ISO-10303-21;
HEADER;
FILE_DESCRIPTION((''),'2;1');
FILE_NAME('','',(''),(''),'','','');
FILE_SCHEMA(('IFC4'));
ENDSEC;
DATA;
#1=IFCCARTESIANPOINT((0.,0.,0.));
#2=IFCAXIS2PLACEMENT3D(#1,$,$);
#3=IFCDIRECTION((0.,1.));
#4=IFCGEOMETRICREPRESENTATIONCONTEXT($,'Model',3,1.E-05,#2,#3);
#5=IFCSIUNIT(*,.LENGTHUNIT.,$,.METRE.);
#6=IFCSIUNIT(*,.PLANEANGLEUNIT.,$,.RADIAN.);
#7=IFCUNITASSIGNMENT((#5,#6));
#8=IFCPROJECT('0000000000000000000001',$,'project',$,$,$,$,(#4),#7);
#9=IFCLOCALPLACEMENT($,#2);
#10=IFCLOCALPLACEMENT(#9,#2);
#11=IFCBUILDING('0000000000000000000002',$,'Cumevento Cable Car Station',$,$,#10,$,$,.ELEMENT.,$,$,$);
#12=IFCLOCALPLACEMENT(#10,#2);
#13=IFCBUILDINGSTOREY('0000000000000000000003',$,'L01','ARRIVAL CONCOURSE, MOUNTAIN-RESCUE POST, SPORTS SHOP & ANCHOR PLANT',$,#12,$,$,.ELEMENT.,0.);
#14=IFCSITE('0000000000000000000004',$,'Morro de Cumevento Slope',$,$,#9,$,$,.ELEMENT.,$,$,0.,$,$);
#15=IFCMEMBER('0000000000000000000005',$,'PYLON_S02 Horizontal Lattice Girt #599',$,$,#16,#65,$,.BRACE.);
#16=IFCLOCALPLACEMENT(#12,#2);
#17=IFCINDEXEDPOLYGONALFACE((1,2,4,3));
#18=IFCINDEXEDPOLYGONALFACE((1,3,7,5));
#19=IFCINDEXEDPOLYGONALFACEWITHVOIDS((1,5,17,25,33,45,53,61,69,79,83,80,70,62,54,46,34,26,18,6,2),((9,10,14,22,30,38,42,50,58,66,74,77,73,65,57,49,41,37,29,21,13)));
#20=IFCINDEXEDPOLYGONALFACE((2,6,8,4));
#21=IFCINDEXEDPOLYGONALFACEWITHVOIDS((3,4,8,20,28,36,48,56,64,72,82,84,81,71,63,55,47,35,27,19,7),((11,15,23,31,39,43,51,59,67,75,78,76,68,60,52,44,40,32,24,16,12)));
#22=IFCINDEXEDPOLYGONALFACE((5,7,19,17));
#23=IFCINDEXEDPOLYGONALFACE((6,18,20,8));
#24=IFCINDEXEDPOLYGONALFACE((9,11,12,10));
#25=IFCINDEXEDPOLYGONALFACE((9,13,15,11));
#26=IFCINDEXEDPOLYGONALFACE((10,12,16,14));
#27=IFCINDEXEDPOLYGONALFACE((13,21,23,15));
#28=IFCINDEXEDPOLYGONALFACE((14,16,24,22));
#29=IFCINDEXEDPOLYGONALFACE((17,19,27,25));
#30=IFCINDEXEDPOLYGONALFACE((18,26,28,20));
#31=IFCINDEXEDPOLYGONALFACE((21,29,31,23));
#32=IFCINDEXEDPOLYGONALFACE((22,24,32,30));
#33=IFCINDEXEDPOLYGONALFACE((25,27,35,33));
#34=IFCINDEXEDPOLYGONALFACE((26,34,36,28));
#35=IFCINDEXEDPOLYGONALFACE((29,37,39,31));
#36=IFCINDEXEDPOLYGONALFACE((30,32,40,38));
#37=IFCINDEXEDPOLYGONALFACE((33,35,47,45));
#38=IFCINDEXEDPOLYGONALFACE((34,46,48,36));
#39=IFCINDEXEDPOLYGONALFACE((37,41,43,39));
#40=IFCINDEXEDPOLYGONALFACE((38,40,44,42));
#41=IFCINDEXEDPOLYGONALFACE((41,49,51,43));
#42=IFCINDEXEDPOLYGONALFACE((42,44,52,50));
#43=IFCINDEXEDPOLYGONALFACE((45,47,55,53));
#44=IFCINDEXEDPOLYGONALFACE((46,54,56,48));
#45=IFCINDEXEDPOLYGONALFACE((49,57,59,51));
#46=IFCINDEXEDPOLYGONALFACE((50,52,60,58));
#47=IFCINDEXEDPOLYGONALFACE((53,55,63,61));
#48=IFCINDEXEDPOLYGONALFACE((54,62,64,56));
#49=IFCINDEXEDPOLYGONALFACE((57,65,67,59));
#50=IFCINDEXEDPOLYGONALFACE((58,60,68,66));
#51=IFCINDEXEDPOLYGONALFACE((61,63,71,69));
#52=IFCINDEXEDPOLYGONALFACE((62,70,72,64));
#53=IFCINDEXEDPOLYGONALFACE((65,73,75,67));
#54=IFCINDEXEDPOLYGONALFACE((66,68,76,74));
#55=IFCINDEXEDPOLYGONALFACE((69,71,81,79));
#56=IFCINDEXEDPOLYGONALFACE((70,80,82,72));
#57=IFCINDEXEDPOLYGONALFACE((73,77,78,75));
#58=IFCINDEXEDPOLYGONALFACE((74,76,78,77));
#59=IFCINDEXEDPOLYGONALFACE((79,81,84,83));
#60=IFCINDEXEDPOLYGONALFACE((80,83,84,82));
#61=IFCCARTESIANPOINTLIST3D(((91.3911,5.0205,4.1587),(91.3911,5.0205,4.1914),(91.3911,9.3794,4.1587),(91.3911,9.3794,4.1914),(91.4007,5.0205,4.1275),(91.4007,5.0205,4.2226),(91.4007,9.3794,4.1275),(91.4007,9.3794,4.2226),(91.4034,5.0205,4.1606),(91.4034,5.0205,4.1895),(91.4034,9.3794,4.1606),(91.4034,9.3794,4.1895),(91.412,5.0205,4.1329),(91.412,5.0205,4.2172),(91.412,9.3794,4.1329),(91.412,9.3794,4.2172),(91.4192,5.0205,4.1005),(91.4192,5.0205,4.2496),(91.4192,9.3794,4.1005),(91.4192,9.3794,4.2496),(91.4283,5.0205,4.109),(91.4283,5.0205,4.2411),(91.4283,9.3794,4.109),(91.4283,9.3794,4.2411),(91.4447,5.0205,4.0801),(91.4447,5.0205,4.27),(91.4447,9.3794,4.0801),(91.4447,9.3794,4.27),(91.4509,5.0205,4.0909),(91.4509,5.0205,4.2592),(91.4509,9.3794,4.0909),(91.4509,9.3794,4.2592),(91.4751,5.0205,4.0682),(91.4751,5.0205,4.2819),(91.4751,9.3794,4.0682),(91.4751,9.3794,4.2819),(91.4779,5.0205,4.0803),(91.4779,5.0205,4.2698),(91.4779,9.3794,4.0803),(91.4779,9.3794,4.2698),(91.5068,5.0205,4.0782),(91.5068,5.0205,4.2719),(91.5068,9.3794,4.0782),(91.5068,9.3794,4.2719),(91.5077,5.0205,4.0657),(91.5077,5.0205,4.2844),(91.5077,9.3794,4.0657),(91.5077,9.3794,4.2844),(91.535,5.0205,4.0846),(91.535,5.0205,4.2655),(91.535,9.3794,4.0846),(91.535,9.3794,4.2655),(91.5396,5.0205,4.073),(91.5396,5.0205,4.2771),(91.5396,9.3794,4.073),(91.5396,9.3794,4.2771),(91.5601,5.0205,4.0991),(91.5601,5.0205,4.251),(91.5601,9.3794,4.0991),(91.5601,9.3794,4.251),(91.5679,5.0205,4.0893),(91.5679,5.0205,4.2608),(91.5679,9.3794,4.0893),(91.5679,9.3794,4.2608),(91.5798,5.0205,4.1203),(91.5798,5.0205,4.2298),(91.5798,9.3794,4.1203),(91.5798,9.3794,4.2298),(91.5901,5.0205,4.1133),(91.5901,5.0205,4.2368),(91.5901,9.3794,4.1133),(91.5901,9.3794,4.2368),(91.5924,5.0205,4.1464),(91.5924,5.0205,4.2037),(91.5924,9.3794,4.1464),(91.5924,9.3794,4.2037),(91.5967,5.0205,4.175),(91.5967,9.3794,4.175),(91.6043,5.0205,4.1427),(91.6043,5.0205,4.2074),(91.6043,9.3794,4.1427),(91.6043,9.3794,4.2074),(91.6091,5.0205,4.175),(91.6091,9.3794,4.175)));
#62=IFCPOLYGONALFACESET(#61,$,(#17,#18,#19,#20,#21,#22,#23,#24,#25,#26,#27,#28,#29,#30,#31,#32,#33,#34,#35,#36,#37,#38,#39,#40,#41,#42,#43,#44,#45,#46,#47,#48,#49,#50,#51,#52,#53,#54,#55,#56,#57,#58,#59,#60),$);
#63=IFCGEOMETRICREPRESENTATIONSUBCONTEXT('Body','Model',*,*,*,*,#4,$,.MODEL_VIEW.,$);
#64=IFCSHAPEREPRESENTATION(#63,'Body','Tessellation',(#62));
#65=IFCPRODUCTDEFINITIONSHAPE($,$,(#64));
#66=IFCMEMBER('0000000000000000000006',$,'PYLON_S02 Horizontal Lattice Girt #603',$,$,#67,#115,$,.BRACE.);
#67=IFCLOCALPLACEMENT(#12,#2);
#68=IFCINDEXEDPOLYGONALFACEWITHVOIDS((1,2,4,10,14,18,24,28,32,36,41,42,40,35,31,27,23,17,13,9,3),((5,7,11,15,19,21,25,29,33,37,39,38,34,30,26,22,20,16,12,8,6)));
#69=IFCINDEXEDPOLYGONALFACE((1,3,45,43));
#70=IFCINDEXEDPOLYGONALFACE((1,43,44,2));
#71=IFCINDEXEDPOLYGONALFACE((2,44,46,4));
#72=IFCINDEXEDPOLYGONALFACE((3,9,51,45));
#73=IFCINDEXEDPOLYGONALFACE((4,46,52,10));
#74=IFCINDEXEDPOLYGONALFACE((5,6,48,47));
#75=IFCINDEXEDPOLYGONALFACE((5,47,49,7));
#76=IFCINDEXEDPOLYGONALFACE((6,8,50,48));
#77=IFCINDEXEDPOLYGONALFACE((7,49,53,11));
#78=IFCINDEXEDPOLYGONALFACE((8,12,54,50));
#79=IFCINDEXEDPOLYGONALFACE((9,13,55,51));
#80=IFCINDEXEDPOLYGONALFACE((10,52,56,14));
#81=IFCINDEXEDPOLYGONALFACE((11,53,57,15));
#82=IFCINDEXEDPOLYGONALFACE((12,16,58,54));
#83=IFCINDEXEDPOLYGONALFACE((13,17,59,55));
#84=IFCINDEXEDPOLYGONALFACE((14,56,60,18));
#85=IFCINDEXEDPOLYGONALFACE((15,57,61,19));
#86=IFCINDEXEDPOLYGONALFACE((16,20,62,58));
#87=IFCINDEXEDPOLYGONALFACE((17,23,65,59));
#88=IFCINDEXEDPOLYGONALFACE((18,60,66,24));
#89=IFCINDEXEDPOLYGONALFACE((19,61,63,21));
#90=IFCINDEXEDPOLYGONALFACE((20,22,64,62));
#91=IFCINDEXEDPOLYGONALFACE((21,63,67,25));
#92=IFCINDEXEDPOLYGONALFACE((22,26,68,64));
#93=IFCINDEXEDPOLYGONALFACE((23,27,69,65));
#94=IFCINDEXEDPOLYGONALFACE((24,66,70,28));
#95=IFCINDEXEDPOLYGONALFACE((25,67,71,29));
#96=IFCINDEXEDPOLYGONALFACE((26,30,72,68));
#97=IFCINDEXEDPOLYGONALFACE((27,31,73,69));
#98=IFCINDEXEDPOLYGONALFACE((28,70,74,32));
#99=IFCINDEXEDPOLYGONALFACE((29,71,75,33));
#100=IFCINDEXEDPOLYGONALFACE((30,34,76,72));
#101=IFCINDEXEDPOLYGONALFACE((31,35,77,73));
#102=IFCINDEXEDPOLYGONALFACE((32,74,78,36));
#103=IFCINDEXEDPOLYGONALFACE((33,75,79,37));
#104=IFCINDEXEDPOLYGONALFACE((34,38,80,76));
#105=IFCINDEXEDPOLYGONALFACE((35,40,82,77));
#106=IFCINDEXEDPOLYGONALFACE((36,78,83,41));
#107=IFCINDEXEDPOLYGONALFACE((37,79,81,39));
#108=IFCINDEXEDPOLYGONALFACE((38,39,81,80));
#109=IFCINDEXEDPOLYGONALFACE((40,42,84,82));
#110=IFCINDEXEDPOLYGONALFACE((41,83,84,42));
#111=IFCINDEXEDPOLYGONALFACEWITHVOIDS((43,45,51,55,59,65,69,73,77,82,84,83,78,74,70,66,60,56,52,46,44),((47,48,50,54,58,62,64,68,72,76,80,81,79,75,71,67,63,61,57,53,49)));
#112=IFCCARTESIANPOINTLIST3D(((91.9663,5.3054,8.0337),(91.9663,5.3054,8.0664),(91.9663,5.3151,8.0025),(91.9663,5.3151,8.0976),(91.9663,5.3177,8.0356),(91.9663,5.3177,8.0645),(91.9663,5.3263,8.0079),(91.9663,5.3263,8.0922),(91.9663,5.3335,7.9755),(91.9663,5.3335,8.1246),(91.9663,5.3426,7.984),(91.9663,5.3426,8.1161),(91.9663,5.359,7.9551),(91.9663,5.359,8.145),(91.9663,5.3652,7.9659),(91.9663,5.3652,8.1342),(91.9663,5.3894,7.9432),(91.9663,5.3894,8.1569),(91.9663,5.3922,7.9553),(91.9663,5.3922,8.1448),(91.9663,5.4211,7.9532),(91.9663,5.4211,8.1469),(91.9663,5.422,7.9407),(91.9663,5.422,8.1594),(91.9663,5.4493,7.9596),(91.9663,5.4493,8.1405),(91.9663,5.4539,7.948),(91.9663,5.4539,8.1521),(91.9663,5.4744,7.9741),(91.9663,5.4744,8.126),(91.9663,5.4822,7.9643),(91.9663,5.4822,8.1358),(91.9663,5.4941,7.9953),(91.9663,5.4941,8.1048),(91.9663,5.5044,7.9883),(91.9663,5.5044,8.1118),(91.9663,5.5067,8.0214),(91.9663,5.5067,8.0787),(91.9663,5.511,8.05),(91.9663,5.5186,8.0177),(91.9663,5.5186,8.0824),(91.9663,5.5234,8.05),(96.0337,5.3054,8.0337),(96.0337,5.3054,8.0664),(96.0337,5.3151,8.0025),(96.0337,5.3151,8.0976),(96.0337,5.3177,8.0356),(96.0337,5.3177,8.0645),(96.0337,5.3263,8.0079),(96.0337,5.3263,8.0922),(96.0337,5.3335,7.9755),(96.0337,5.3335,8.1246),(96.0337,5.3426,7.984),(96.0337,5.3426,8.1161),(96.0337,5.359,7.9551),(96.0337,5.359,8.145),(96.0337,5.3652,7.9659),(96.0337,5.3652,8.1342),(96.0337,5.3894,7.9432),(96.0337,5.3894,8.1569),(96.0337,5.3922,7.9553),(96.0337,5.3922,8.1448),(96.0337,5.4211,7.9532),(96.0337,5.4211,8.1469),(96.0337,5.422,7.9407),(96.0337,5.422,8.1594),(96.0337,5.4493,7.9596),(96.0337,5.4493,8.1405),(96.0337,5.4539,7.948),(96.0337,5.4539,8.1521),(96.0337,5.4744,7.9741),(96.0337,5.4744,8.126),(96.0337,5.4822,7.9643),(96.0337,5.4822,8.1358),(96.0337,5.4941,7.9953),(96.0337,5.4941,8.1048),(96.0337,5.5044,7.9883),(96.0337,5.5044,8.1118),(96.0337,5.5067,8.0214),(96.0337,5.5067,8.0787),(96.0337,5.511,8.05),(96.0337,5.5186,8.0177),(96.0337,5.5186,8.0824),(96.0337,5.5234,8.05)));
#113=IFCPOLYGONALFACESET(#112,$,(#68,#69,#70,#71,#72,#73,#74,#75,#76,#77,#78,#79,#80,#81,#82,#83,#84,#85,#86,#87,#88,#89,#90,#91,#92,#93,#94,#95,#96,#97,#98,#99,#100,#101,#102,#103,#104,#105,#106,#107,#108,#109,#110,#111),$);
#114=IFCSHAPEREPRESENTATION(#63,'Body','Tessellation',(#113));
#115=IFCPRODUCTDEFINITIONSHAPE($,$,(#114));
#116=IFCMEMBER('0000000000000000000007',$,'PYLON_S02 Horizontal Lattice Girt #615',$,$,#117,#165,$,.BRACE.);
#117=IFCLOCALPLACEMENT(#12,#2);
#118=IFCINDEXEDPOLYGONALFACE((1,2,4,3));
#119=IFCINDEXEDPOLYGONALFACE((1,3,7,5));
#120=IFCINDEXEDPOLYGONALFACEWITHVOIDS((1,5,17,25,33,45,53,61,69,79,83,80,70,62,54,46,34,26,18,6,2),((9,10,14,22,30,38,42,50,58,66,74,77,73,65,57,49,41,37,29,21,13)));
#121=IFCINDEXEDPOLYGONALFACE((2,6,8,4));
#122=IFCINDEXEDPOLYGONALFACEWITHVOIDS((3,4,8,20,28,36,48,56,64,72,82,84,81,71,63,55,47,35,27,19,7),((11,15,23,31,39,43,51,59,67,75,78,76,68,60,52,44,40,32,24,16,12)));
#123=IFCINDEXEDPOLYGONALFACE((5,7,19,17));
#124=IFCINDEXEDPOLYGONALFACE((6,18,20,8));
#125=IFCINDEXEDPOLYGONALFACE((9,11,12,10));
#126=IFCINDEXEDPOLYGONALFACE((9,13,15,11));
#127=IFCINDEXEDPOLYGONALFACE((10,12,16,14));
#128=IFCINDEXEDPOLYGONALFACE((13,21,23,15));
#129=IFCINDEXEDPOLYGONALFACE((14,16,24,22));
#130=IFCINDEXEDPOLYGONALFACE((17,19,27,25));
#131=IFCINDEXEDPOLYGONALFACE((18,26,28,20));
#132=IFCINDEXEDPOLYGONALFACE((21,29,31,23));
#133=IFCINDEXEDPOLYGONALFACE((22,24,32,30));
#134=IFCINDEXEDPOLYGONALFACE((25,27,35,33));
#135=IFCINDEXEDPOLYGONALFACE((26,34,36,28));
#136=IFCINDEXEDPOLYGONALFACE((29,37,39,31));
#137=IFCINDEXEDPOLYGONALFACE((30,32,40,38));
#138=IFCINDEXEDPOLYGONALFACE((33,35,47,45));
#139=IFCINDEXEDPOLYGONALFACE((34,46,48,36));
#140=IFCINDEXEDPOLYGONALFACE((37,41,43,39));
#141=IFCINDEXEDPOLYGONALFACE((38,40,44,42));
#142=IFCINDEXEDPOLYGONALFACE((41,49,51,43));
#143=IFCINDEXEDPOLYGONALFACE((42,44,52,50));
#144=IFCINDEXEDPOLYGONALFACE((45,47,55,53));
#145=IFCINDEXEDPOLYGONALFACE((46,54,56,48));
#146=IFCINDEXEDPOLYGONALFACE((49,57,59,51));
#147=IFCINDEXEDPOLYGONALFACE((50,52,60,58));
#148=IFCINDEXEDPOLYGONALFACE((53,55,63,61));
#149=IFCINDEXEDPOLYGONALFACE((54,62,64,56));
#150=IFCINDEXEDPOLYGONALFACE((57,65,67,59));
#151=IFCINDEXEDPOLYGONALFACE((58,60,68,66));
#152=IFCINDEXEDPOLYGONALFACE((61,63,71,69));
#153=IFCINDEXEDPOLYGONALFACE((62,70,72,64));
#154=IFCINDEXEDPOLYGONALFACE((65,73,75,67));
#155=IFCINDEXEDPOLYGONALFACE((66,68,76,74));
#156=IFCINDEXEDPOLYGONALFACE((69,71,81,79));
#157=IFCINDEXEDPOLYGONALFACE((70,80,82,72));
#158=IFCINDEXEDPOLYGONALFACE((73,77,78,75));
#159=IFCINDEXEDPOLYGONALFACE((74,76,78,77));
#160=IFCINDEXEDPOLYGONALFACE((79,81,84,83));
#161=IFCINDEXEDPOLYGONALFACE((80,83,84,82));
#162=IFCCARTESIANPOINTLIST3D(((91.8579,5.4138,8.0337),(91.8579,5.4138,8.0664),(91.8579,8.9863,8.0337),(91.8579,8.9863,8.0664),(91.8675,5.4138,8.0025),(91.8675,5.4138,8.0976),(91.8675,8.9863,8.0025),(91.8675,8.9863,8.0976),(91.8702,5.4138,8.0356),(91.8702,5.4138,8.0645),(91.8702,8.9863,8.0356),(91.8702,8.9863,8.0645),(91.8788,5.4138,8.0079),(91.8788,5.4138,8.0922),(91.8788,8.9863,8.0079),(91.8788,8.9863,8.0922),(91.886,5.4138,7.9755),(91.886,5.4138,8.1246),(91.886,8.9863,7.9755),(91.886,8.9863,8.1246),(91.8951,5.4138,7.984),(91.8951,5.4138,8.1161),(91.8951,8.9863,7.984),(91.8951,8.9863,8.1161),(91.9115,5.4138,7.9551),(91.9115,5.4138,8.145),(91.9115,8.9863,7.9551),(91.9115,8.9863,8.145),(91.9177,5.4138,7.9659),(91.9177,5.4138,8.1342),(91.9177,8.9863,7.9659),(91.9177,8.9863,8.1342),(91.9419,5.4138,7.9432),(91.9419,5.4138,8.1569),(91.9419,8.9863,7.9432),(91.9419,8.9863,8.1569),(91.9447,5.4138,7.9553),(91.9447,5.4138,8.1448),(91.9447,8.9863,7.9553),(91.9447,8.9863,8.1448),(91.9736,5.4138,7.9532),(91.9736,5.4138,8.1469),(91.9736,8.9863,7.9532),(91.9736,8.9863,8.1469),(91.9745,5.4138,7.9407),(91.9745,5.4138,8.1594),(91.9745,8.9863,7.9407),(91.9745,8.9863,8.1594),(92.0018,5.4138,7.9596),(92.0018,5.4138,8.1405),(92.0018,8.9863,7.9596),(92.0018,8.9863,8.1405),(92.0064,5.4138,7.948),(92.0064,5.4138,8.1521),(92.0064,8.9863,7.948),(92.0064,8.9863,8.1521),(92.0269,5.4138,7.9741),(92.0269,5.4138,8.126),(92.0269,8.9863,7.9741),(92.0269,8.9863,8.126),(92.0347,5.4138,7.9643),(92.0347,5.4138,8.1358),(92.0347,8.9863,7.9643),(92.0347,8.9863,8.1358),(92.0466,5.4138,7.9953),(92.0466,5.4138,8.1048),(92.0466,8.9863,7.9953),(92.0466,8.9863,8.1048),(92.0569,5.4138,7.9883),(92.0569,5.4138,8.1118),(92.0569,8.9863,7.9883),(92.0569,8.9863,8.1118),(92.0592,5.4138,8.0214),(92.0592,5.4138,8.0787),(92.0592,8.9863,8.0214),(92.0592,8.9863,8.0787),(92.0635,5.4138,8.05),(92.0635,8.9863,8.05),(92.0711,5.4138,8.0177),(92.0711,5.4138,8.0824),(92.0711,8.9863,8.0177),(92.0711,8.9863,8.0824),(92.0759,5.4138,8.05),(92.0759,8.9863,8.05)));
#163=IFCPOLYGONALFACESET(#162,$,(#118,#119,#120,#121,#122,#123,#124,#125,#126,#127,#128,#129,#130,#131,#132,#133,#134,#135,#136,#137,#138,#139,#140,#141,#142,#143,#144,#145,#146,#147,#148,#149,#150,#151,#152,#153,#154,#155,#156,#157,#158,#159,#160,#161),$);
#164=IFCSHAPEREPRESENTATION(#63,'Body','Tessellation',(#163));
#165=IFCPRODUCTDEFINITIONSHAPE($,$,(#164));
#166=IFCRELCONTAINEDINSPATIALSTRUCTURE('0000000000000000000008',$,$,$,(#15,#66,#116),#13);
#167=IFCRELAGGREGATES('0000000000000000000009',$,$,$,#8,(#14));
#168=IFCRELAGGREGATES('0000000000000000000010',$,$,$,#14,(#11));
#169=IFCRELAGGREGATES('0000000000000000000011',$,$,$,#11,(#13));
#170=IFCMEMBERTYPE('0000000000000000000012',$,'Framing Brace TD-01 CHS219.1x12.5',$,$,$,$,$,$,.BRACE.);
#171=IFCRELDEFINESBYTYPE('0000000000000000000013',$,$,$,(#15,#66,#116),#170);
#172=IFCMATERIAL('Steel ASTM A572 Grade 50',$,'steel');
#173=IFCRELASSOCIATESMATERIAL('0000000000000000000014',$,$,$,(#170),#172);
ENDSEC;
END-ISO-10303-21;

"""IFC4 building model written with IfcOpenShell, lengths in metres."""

from ifc_helpers import new_model, si_unit, direction, frame, origin, origin_2d, place, context, subcontext, project, spatial, hollow_circle, extrude, material, material_profile, profile_set, type_object, element, save


model = new_model("IFC4")

# Units and contexts
model_context = context("Model", 3, precision=1e-05, world=origin(), true_north=direction((0.0, 1.0)))
body_context = subcontext(model_context, "Body", "Model", "MODEL_VIEW")
ifc_project = project(units=[si_unit("LENGTHUNIT", "METRE"), si_unit("PLANEANGLEUNIT", "RADIAN")], contexts=[model_context])

# Site, building, storey
site_placement = place(None, origin())
site = spatial("IfcSite", under=ifc_project, at=site_placement, Name="Morro de Cumevento Slope", CompositionType="ELEMENT", RefElevation=0.0)
building_placement = place(site_placement, origin())
building = spatial("IfcBuilding", under=site, at=building_placement, Name="Cumevento Cable Car Station", CompositionType="ELEMENT")
storey_placement = place(building_placement, origin())
storey = spatial("IfcBuildingStorey", under=building, at=storey_placement, Name="L01", Description="ARRIVAL CONCOURSE, MOUNTAIN-RESCUE POST, SPORTS SHOP & ANCHOR PLANT", CompositionType="ELEMENT", Elevation=0.0)

# Members
ifc_material_1 = material(Name="Steel ASTM A572 Grade 50", Category="steel")
ifc_material_profile_1 = material_profile(ifc_material_1, hollow_circle(Radius=0.1096, WallThickness=0.0125, at=origin_2d()), Name="CHS219.1x12.5")
ifc_profile_set_1 = profile_set([ifc_material_profile_1], Name="Steel ASTM A572 Grade 50")
member_type_1 = type_object("IfcMemberType", Name="Framing Brace TD-01 CHS219.1x12.5", PredefinedType="BRACE", material=ifc_profile_set_1)
member_1_placement = place(storey_placement, frame((91.4995, 9.3794, 4.175), z_axis=(0.0, -1.0, 0.0), x_axis=(1.0, 0.0, 0.0)))
element("IfcMember", 1, at=member_1_placement, inside=storey, type_object=member_type_1, Name="PYLON_S02 Horizontal Lattice Girt #599", PredefinedType="BRACE", context=body_context, shape_type="SweptSolid", body=[
    extrude(hollow_circle(Radius=0.1096, WallThickness=0.0125, at=origin_2d()), origin(), (0.0, 0.0, 1.0), 4.3589),
])
member_2_placement = place(storey_placement, frame((91.9663, 5.4138, 8.05), z_axis=(1.0, 0.0, 0.0), x_axis=(0.0, 1.0, 0.0)))
element("IfcMember", 2, at=member_2_placement, inside=storey, type_object=member_type_1, Name="PYLON_S02 Horizontal Lattice Girt #603", PredefinedType="BRACE", context=body_context, shape_type="SweptSolid", body=[
    extrude(hollow_circle(Radius=0.1096, WallThickness=0.0125, at=origin_2d()), origin(), (0.0, 0.0, 1.0), 4.0674),
])
member_3_placement = place(storey_placement, frame((91.9663, 8.9863, 8.05), z_axis=(0.0, -1.0, 0.0), x_axis=(1.0, 0.0, 0.0)))
element("IfcMember", 3, at=member_3_placement, inside=storey, type_object=member_type_1, Name="PYLON_S02 Horizontal Lattice Girt #615", PredefinedType="BRACE", context=body_context, shape_type="SweptSolid", body=[
    extrude(hollow_circle(Radius=0.1096, WallThickness=0.0125, at=origin_2d()), origin(), (0.0, 0.0, 1.0), 3.5725),
])

save(model, "model.ifc")
